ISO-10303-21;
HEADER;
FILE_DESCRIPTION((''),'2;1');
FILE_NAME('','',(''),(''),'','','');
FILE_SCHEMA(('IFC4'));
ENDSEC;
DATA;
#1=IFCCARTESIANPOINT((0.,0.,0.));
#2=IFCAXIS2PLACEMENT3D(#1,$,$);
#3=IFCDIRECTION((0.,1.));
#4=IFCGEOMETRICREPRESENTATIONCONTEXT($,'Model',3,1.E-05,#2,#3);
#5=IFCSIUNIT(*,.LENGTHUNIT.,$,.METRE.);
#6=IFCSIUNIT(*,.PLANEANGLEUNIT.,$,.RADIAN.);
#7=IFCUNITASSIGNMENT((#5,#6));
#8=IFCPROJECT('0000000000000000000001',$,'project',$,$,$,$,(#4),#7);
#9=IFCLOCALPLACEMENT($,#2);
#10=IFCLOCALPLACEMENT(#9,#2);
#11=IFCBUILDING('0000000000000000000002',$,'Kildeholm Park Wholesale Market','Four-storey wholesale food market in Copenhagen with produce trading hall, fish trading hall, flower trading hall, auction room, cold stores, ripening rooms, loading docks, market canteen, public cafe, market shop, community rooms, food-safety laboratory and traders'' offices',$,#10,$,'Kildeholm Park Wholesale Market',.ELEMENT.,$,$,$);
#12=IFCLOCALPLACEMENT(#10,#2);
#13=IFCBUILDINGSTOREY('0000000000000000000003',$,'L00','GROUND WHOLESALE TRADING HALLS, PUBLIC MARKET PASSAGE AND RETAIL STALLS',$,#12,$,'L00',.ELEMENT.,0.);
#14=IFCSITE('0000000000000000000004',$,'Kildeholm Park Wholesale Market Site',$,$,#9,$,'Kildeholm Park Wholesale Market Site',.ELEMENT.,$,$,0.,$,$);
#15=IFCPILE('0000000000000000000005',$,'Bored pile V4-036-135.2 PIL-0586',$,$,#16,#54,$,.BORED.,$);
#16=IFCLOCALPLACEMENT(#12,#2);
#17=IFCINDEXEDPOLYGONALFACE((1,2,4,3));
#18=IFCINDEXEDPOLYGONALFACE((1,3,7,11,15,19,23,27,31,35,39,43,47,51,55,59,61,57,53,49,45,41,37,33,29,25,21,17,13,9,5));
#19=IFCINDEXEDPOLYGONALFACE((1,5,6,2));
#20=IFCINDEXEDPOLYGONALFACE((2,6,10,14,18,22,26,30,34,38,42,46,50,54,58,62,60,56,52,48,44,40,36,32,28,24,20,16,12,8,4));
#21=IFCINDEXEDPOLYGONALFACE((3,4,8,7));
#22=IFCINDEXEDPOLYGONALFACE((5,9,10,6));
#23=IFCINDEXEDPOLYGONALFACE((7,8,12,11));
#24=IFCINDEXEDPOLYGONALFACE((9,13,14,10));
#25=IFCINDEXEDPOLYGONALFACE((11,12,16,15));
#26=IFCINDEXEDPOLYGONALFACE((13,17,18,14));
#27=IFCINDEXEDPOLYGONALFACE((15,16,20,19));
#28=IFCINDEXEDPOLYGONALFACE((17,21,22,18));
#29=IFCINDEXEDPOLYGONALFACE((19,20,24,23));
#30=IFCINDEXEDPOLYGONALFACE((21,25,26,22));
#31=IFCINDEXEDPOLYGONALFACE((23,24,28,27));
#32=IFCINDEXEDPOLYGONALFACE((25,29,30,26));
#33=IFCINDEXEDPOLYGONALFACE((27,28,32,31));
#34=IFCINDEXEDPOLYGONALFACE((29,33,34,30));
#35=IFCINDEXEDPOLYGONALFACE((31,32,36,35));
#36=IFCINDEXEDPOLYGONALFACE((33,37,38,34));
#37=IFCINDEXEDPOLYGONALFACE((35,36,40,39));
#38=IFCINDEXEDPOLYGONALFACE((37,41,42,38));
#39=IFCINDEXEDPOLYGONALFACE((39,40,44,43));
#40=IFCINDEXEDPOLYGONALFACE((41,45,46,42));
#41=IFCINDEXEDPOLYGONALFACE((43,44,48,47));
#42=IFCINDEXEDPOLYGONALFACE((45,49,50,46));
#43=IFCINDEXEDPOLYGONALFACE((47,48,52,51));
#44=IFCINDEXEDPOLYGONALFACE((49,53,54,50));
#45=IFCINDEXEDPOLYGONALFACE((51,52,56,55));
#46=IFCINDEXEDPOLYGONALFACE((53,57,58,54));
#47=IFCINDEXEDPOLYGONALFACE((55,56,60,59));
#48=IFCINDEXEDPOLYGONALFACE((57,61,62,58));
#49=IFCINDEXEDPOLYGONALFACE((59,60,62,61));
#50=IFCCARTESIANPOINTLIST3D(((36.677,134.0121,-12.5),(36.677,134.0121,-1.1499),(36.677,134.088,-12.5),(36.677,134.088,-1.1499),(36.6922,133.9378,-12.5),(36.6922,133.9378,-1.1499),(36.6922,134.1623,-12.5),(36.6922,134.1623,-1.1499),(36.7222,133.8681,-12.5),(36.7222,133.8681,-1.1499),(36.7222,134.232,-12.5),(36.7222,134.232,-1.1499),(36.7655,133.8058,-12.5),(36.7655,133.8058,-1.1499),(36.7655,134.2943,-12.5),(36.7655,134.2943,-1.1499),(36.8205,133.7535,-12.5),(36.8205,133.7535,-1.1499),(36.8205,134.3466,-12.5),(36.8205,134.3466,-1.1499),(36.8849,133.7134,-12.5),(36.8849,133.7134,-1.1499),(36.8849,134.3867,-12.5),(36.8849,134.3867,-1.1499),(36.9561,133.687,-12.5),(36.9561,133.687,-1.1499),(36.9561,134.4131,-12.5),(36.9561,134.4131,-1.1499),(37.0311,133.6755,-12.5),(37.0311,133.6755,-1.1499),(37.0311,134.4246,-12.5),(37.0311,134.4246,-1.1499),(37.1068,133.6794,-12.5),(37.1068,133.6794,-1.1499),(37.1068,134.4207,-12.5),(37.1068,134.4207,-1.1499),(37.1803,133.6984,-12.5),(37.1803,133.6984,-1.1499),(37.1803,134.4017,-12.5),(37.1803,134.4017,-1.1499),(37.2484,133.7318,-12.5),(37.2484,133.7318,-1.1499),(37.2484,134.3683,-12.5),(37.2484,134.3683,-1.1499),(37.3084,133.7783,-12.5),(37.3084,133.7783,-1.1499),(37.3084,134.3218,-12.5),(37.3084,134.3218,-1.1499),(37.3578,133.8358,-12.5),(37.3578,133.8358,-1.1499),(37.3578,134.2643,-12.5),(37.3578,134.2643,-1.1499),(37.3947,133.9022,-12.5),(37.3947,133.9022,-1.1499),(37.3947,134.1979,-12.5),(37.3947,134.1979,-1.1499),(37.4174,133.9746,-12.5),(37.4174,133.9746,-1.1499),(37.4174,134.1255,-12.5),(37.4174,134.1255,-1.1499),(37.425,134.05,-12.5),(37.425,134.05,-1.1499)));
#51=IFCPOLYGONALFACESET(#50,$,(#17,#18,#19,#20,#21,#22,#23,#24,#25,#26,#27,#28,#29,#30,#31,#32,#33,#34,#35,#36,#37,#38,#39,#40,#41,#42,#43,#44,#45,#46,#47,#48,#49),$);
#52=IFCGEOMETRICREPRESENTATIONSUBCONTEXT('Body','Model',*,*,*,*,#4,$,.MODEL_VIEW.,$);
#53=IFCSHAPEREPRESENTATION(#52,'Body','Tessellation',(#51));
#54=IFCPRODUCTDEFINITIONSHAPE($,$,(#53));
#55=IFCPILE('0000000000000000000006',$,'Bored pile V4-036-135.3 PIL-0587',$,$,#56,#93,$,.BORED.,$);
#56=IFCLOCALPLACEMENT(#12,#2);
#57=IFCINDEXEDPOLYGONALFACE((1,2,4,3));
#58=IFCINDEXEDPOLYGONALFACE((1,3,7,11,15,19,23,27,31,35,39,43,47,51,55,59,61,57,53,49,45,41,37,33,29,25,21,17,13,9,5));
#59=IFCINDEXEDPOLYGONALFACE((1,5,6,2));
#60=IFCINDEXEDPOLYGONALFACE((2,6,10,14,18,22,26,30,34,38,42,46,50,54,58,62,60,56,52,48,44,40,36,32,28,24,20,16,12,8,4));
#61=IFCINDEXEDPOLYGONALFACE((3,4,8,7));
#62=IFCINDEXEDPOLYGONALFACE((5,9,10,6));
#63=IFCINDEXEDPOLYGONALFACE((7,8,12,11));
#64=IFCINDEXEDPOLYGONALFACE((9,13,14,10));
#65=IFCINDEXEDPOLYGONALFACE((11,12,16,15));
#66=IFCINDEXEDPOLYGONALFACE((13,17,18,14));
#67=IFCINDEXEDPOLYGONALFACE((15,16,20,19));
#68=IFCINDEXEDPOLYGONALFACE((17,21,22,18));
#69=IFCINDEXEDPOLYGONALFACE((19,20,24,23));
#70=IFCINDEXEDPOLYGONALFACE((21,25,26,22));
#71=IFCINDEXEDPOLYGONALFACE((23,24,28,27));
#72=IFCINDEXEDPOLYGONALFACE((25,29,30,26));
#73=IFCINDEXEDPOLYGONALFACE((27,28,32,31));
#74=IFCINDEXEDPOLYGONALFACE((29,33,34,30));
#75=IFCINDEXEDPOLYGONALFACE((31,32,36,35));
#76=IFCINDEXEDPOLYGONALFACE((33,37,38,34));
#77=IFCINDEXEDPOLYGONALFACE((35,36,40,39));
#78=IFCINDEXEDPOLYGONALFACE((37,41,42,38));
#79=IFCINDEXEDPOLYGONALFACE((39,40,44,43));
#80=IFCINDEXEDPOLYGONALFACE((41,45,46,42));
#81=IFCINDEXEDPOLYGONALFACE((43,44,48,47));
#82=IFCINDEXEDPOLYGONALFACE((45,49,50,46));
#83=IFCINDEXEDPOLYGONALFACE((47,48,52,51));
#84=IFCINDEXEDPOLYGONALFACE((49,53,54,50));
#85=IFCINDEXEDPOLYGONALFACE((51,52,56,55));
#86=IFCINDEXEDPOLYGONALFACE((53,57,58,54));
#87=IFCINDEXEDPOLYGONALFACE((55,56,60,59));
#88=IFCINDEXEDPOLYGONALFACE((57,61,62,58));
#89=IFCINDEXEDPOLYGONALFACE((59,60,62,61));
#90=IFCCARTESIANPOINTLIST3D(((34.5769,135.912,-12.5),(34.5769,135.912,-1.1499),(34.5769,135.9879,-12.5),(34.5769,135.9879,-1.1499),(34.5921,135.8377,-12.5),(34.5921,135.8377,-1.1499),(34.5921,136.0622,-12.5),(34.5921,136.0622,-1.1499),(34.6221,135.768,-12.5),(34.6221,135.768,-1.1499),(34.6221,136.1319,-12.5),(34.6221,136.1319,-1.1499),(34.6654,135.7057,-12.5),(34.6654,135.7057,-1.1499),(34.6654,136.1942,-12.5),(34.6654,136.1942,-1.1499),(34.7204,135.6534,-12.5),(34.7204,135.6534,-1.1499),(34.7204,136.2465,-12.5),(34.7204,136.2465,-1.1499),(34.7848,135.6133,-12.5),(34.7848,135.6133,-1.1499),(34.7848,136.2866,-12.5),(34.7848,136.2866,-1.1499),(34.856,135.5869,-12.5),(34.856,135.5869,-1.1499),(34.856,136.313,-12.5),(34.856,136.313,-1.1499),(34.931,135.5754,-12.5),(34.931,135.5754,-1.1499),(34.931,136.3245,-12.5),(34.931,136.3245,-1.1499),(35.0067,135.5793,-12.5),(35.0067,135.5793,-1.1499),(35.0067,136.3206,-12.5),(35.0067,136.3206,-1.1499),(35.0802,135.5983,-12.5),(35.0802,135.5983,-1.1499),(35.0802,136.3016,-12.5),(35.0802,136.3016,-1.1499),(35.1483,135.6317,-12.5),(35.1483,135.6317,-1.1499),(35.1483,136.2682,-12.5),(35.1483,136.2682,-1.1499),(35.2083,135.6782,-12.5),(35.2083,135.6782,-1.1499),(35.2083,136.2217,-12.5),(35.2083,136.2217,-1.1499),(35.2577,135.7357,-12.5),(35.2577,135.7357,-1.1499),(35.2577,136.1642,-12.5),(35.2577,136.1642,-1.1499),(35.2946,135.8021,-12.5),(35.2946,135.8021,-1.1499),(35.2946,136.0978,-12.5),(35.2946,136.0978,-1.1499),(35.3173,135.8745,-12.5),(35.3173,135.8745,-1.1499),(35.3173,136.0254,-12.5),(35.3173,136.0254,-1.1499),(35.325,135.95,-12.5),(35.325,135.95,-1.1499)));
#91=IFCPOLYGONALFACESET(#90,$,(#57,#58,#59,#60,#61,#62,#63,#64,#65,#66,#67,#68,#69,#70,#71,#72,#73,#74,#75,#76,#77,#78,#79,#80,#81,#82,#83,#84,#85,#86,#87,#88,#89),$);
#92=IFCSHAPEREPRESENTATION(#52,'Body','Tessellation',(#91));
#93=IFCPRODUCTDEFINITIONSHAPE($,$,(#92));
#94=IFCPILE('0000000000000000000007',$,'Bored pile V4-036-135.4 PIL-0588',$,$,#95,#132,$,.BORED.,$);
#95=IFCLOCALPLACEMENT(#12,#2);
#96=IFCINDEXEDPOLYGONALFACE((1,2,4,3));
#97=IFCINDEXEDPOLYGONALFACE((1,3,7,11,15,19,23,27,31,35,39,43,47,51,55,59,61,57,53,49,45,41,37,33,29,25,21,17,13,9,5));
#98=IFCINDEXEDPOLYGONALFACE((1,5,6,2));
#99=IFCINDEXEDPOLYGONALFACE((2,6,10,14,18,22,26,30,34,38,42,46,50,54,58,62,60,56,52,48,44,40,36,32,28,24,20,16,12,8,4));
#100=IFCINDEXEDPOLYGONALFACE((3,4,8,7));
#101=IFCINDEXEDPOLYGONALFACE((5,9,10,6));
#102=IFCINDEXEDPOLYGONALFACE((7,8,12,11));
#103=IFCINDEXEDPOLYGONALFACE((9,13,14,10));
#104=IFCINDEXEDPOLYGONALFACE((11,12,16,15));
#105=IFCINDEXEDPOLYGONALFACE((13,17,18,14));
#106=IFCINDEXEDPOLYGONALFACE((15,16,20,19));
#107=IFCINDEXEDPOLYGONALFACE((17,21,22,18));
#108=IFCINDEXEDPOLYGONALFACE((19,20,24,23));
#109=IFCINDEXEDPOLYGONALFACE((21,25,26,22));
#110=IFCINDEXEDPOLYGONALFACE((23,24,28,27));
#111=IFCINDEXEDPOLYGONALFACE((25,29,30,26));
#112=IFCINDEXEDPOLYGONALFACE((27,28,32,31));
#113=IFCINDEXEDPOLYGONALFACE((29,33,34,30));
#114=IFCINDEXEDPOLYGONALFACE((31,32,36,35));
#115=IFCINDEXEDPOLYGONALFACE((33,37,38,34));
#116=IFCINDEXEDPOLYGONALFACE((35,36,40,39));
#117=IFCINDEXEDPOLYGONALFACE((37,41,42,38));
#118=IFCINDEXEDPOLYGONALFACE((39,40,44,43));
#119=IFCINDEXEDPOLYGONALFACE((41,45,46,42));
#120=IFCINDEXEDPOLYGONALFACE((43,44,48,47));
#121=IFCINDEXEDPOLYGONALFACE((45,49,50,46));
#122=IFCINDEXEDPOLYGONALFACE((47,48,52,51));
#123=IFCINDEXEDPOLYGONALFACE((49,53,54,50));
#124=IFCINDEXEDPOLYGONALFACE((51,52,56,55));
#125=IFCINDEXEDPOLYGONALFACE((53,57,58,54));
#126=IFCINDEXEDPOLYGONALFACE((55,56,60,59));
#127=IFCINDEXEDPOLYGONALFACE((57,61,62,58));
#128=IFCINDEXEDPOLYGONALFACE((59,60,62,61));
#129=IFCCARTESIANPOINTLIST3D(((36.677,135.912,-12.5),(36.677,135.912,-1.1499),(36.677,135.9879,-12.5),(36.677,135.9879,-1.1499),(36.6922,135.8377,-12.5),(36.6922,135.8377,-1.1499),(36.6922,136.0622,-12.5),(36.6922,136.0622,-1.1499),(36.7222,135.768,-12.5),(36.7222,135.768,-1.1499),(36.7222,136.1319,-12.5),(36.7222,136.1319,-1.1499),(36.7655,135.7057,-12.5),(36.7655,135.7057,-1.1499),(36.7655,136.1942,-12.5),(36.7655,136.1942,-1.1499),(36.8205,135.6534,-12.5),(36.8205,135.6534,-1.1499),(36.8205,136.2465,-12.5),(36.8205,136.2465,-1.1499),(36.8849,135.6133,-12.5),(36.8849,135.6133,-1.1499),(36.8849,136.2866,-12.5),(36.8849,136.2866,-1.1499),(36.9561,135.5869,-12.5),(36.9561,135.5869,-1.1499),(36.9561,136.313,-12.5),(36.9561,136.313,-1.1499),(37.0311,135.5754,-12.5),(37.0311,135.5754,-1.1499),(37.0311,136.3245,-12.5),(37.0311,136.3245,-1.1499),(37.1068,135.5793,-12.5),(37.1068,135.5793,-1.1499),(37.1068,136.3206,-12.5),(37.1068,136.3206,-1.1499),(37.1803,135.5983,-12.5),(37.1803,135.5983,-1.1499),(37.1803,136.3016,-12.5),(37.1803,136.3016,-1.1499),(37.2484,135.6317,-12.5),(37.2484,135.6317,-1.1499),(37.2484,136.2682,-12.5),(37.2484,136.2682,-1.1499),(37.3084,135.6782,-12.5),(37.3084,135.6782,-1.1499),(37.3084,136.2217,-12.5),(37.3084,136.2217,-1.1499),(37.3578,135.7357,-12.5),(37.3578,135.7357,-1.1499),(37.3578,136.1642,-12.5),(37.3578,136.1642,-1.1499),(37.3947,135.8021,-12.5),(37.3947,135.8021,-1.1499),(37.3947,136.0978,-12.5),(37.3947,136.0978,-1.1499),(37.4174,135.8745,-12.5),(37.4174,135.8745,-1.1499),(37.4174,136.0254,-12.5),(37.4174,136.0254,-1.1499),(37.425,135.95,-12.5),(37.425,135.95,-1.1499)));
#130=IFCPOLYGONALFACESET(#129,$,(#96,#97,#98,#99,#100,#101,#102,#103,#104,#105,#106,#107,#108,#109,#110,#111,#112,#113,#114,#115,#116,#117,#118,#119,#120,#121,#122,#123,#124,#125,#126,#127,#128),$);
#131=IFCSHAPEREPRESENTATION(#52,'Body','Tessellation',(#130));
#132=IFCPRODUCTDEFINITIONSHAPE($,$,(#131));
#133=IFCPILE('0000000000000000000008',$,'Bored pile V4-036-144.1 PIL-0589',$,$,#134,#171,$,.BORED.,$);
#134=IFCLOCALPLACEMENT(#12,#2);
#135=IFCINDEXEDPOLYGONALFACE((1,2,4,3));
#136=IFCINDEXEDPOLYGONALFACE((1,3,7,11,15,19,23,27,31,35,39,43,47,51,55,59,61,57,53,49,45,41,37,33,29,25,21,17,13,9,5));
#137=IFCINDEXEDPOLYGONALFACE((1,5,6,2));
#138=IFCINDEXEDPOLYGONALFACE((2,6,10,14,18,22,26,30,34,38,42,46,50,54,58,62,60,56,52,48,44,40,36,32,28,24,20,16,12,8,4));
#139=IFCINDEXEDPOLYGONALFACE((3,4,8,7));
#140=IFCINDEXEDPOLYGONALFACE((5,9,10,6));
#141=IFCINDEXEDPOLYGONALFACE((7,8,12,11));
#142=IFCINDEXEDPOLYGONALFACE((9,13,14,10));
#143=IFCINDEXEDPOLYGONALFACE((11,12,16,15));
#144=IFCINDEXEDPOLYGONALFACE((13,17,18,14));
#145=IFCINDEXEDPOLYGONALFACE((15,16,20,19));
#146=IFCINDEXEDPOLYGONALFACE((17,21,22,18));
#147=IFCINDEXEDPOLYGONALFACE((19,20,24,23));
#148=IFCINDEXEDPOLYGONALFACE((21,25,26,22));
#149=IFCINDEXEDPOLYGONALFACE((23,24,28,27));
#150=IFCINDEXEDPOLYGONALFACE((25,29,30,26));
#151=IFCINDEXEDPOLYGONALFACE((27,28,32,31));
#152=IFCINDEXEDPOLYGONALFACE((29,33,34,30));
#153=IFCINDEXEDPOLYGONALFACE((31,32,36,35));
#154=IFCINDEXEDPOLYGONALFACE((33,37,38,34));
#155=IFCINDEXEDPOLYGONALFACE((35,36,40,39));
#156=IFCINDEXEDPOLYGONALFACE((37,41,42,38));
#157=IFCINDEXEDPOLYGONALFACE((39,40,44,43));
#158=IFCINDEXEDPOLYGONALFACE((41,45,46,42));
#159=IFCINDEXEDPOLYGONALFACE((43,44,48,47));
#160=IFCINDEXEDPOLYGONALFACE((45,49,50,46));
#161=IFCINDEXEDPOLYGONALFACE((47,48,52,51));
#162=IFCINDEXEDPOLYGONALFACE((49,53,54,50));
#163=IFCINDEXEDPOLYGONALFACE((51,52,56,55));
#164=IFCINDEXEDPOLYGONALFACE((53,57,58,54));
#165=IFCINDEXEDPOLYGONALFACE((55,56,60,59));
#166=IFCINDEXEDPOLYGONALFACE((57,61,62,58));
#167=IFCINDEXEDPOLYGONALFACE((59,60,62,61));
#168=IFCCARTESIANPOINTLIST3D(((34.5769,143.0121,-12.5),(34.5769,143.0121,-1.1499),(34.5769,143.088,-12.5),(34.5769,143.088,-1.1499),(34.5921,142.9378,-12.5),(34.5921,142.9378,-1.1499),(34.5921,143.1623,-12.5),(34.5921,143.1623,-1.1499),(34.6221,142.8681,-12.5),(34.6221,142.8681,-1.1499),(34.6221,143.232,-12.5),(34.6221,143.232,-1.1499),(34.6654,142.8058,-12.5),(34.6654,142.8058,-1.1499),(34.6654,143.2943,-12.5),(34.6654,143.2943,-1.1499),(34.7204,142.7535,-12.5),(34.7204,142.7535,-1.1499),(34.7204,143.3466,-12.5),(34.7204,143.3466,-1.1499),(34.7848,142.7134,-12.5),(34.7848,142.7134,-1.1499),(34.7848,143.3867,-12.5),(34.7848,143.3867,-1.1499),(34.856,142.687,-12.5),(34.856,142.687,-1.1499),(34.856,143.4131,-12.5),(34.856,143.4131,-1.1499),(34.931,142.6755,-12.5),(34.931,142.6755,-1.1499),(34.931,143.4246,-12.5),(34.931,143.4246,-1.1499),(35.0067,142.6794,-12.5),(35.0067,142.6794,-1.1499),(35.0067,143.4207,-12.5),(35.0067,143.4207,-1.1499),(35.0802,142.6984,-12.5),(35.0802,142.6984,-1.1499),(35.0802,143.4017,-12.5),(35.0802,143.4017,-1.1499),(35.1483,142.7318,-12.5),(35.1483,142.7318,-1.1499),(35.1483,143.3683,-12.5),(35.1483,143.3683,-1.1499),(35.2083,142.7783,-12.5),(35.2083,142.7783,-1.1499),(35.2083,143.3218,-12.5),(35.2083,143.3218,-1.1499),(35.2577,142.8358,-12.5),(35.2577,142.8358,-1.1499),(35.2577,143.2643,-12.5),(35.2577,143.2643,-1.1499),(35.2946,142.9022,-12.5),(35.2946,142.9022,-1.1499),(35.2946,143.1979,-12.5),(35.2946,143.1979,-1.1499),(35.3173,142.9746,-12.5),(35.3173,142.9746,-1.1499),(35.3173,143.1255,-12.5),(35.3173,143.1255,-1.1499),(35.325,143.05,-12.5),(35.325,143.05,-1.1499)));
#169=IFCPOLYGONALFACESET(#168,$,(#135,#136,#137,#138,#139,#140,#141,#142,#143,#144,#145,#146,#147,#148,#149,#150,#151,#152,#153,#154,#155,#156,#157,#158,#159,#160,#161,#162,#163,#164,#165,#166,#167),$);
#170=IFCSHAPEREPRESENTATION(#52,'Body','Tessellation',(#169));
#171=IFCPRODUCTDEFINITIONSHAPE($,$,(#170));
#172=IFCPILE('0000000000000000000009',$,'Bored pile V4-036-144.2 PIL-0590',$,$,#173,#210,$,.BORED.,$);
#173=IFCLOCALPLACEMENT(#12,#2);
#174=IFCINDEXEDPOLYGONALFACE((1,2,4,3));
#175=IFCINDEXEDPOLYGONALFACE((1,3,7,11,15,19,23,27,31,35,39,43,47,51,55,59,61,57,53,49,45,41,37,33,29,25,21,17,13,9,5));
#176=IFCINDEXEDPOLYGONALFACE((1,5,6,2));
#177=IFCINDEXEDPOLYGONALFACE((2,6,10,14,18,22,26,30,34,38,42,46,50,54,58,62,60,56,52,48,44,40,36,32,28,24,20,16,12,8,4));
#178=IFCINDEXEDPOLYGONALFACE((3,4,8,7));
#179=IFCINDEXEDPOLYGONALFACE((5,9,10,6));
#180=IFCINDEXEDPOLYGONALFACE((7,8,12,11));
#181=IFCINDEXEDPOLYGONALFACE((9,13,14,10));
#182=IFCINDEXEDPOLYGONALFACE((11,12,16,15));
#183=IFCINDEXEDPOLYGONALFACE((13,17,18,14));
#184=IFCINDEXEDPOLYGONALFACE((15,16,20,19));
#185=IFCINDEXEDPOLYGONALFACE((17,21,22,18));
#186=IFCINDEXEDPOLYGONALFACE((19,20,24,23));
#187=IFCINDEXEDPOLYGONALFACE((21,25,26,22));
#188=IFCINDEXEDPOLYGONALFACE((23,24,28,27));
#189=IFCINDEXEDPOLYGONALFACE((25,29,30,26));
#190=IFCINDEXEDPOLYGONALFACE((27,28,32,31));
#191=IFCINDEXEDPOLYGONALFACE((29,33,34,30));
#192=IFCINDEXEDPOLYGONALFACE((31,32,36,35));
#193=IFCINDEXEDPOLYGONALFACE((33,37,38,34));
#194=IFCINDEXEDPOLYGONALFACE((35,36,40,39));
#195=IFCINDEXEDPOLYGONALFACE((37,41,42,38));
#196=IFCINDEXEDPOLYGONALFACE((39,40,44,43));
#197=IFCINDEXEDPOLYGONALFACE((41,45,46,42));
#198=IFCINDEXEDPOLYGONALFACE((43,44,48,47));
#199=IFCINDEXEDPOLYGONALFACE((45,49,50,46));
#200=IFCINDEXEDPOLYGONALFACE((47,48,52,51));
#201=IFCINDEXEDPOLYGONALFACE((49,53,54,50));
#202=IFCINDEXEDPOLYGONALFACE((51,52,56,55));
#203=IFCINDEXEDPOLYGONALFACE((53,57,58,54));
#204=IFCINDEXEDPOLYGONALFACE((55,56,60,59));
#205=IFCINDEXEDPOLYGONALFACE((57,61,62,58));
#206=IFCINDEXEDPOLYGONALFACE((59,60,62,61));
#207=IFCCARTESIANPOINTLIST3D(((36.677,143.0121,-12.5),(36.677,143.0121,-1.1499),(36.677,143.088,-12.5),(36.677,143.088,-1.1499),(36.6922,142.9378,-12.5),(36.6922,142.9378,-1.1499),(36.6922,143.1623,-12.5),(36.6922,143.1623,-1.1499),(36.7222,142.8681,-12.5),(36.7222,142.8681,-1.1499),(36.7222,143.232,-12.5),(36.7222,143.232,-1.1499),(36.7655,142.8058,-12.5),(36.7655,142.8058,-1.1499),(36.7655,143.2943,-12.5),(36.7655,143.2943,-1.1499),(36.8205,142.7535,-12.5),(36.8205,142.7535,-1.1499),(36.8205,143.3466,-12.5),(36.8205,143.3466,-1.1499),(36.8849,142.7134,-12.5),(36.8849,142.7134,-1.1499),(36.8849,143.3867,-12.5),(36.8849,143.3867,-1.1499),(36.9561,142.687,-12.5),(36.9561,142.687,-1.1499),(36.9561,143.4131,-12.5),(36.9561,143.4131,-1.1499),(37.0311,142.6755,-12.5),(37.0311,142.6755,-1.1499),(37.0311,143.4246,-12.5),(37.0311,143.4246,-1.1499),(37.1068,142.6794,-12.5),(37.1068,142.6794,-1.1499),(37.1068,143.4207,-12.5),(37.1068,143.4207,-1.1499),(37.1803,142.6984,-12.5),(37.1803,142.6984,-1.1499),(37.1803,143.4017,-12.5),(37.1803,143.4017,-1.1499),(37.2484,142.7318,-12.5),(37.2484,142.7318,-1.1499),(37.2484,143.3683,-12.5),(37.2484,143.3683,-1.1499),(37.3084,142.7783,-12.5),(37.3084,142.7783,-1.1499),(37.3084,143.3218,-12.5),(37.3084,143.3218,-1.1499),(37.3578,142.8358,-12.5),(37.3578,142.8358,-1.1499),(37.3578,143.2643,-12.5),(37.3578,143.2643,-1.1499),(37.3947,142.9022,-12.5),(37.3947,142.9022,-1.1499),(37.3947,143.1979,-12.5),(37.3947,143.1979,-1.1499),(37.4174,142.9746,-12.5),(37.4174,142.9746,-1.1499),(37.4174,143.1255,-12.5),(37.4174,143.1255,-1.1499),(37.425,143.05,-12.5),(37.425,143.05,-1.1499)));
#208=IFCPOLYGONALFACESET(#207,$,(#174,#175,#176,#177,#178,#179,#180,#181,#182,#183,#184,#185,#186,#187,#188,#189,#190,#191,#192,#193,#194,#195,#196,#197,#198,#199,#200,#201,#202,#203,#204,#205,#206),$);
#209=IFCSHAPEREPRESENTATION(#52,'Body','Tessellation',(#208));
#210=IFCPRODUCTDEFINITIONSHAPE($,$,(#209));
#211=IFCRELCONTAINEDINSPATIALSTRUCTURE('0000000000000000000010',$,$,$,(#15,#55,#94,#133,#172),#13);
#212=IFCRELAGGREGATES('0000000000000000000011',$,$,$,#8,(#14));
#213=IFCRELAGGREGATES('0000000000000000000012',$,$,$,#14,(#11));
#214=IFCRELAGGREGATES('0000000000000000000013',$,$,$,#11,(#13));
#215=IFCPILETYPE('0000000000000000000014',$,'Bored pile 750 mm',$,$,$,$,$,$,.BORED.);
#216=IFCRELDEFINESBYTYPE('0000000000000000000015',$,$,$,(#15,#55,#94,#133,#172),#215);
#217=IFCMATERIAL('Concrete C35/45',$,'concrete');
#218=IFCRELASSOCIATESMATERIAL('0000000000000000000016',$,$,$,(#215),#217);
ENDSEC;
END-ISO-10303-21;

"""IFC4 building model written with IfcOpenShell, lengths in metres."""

from ifc_helpers import new_model, si_unit, direction, frame, origin, origin_2d, place, context, subcontext, project, spatial, circle, extrude, material, material_profile, profile_set, type_object, element, save


model = new_model("IFC4")

# Units and contexts
model_context = context("Model", 3, precision=1e-05, world=origin(), true_north=direction((0.0, 1.0)))
body_context = subcontext(model_context, "Body", "Model", "MODEL_VIEW")
ifc_project = project(units=[si_unit("LENGTHUNIT", "METRE"), si_unit("PLANEANGLEUNIT", "RADIAN")], contexts=[model_context])

# Site, building, storey
site_placement = place(None, origin())
site = spatial("IfcSite", under=ifc_project, at=site_placement, Name="Kildeholm Park Wholesale Market Site", LongName="Kildeholm Park Wholesale Market Site", CompositionType="ELEMENT", RefElevation=0.0)
building_placement = place(site_placement, origin())
building = spatial("IfcBuilding", under=site, at=building_placement, Name="Kildeholm Park Wholesale Market", Description="Four-storey wholesale food market in Copenhagen with produce trading hall, fish trading hall, flower trading hall, auction room, cold stores, ripening rooms, loading docks, market canteen, public cafe, market shop, community rooms, food-safety laboratory and traders' offices", LongName="Kildeholm Park Wholesale Market", CompositionType="ELEMENT")
storey_placement = place(building_placement, origin())
storey = spatial("IfcBuildingStorey", under=building, at=storey_placement, Name="L00", Description="GROUND WHOLESALE TRADING HALLS, PUBLIC MARKET PASSAGE AND RETAIL STALLS", LongName="L00", CompositionType="ELEMENT", Elevation=0.0)

# Piles
ifc_material_1 = material(Name="Concrete C35/45", Category="concrete")
ifc_material_profile_1 = material_profile(ifc_material_1, circle(Radius=0.375, at=origin_2d()), Name="PILE D750")
ifc_profile_set_1 = profile_set([ifc_material_profile_1], Name="Concrete C35/45")
pile_type = type_object("IfcPileType", Name="Bored pile 750 mm", PredefinedType="BORED", material=ifc_profile_set_1)
for number, where, z_axis, x_axis, name in (
    (1, (37.05, 134.05, -1.1499), (0.0, 0.0, -1.0), (1.0, 0.0, 0.0), "Bored pile V4-036-135.2 PIL-0586"),
    (2, (34.95, 135.95, -1.1499), (0.0, 0.0, -1.0), (1.0, 0.0, 0.0), "Bored pile V4-036-135.3 PIL-0587"),
    (3, (37.05, 135.95, -1.1499), (0.0, 0.0, -1.0), (1.0, 0.0, 0.0), "Bored pile V4-036-135.4 PIL-0588"),
    (4, (34.95, 143.05, -1.1499), (0.0, 0.0, -1.0), (1.0, 0.0, 0.0), "Bored pile V4-036-144.1 PIL-0589"),
    (5, (37.05, 143.05, -1.1499), (0.0, 0.0, -1.0), (1.0, 0.0, 0.0), "Bored pile V4-036-144.2 PIL-0590"),
):
    element("IfcPile", number, at=place(storey_placement, frame(where, z_axis=z_axis, x_axis=x_axis)), inside=storey, type_object=pile_type, Name=name, PredefinedType="BORED", context=body_context, shape_type="SweptSolid", body=[
        extrude(circle(Radius=0.375, at=origin_2d()), origin(), (0.0, 0.0, 1.0), 11.3501),
    ])

save(model, "model.ifc")
